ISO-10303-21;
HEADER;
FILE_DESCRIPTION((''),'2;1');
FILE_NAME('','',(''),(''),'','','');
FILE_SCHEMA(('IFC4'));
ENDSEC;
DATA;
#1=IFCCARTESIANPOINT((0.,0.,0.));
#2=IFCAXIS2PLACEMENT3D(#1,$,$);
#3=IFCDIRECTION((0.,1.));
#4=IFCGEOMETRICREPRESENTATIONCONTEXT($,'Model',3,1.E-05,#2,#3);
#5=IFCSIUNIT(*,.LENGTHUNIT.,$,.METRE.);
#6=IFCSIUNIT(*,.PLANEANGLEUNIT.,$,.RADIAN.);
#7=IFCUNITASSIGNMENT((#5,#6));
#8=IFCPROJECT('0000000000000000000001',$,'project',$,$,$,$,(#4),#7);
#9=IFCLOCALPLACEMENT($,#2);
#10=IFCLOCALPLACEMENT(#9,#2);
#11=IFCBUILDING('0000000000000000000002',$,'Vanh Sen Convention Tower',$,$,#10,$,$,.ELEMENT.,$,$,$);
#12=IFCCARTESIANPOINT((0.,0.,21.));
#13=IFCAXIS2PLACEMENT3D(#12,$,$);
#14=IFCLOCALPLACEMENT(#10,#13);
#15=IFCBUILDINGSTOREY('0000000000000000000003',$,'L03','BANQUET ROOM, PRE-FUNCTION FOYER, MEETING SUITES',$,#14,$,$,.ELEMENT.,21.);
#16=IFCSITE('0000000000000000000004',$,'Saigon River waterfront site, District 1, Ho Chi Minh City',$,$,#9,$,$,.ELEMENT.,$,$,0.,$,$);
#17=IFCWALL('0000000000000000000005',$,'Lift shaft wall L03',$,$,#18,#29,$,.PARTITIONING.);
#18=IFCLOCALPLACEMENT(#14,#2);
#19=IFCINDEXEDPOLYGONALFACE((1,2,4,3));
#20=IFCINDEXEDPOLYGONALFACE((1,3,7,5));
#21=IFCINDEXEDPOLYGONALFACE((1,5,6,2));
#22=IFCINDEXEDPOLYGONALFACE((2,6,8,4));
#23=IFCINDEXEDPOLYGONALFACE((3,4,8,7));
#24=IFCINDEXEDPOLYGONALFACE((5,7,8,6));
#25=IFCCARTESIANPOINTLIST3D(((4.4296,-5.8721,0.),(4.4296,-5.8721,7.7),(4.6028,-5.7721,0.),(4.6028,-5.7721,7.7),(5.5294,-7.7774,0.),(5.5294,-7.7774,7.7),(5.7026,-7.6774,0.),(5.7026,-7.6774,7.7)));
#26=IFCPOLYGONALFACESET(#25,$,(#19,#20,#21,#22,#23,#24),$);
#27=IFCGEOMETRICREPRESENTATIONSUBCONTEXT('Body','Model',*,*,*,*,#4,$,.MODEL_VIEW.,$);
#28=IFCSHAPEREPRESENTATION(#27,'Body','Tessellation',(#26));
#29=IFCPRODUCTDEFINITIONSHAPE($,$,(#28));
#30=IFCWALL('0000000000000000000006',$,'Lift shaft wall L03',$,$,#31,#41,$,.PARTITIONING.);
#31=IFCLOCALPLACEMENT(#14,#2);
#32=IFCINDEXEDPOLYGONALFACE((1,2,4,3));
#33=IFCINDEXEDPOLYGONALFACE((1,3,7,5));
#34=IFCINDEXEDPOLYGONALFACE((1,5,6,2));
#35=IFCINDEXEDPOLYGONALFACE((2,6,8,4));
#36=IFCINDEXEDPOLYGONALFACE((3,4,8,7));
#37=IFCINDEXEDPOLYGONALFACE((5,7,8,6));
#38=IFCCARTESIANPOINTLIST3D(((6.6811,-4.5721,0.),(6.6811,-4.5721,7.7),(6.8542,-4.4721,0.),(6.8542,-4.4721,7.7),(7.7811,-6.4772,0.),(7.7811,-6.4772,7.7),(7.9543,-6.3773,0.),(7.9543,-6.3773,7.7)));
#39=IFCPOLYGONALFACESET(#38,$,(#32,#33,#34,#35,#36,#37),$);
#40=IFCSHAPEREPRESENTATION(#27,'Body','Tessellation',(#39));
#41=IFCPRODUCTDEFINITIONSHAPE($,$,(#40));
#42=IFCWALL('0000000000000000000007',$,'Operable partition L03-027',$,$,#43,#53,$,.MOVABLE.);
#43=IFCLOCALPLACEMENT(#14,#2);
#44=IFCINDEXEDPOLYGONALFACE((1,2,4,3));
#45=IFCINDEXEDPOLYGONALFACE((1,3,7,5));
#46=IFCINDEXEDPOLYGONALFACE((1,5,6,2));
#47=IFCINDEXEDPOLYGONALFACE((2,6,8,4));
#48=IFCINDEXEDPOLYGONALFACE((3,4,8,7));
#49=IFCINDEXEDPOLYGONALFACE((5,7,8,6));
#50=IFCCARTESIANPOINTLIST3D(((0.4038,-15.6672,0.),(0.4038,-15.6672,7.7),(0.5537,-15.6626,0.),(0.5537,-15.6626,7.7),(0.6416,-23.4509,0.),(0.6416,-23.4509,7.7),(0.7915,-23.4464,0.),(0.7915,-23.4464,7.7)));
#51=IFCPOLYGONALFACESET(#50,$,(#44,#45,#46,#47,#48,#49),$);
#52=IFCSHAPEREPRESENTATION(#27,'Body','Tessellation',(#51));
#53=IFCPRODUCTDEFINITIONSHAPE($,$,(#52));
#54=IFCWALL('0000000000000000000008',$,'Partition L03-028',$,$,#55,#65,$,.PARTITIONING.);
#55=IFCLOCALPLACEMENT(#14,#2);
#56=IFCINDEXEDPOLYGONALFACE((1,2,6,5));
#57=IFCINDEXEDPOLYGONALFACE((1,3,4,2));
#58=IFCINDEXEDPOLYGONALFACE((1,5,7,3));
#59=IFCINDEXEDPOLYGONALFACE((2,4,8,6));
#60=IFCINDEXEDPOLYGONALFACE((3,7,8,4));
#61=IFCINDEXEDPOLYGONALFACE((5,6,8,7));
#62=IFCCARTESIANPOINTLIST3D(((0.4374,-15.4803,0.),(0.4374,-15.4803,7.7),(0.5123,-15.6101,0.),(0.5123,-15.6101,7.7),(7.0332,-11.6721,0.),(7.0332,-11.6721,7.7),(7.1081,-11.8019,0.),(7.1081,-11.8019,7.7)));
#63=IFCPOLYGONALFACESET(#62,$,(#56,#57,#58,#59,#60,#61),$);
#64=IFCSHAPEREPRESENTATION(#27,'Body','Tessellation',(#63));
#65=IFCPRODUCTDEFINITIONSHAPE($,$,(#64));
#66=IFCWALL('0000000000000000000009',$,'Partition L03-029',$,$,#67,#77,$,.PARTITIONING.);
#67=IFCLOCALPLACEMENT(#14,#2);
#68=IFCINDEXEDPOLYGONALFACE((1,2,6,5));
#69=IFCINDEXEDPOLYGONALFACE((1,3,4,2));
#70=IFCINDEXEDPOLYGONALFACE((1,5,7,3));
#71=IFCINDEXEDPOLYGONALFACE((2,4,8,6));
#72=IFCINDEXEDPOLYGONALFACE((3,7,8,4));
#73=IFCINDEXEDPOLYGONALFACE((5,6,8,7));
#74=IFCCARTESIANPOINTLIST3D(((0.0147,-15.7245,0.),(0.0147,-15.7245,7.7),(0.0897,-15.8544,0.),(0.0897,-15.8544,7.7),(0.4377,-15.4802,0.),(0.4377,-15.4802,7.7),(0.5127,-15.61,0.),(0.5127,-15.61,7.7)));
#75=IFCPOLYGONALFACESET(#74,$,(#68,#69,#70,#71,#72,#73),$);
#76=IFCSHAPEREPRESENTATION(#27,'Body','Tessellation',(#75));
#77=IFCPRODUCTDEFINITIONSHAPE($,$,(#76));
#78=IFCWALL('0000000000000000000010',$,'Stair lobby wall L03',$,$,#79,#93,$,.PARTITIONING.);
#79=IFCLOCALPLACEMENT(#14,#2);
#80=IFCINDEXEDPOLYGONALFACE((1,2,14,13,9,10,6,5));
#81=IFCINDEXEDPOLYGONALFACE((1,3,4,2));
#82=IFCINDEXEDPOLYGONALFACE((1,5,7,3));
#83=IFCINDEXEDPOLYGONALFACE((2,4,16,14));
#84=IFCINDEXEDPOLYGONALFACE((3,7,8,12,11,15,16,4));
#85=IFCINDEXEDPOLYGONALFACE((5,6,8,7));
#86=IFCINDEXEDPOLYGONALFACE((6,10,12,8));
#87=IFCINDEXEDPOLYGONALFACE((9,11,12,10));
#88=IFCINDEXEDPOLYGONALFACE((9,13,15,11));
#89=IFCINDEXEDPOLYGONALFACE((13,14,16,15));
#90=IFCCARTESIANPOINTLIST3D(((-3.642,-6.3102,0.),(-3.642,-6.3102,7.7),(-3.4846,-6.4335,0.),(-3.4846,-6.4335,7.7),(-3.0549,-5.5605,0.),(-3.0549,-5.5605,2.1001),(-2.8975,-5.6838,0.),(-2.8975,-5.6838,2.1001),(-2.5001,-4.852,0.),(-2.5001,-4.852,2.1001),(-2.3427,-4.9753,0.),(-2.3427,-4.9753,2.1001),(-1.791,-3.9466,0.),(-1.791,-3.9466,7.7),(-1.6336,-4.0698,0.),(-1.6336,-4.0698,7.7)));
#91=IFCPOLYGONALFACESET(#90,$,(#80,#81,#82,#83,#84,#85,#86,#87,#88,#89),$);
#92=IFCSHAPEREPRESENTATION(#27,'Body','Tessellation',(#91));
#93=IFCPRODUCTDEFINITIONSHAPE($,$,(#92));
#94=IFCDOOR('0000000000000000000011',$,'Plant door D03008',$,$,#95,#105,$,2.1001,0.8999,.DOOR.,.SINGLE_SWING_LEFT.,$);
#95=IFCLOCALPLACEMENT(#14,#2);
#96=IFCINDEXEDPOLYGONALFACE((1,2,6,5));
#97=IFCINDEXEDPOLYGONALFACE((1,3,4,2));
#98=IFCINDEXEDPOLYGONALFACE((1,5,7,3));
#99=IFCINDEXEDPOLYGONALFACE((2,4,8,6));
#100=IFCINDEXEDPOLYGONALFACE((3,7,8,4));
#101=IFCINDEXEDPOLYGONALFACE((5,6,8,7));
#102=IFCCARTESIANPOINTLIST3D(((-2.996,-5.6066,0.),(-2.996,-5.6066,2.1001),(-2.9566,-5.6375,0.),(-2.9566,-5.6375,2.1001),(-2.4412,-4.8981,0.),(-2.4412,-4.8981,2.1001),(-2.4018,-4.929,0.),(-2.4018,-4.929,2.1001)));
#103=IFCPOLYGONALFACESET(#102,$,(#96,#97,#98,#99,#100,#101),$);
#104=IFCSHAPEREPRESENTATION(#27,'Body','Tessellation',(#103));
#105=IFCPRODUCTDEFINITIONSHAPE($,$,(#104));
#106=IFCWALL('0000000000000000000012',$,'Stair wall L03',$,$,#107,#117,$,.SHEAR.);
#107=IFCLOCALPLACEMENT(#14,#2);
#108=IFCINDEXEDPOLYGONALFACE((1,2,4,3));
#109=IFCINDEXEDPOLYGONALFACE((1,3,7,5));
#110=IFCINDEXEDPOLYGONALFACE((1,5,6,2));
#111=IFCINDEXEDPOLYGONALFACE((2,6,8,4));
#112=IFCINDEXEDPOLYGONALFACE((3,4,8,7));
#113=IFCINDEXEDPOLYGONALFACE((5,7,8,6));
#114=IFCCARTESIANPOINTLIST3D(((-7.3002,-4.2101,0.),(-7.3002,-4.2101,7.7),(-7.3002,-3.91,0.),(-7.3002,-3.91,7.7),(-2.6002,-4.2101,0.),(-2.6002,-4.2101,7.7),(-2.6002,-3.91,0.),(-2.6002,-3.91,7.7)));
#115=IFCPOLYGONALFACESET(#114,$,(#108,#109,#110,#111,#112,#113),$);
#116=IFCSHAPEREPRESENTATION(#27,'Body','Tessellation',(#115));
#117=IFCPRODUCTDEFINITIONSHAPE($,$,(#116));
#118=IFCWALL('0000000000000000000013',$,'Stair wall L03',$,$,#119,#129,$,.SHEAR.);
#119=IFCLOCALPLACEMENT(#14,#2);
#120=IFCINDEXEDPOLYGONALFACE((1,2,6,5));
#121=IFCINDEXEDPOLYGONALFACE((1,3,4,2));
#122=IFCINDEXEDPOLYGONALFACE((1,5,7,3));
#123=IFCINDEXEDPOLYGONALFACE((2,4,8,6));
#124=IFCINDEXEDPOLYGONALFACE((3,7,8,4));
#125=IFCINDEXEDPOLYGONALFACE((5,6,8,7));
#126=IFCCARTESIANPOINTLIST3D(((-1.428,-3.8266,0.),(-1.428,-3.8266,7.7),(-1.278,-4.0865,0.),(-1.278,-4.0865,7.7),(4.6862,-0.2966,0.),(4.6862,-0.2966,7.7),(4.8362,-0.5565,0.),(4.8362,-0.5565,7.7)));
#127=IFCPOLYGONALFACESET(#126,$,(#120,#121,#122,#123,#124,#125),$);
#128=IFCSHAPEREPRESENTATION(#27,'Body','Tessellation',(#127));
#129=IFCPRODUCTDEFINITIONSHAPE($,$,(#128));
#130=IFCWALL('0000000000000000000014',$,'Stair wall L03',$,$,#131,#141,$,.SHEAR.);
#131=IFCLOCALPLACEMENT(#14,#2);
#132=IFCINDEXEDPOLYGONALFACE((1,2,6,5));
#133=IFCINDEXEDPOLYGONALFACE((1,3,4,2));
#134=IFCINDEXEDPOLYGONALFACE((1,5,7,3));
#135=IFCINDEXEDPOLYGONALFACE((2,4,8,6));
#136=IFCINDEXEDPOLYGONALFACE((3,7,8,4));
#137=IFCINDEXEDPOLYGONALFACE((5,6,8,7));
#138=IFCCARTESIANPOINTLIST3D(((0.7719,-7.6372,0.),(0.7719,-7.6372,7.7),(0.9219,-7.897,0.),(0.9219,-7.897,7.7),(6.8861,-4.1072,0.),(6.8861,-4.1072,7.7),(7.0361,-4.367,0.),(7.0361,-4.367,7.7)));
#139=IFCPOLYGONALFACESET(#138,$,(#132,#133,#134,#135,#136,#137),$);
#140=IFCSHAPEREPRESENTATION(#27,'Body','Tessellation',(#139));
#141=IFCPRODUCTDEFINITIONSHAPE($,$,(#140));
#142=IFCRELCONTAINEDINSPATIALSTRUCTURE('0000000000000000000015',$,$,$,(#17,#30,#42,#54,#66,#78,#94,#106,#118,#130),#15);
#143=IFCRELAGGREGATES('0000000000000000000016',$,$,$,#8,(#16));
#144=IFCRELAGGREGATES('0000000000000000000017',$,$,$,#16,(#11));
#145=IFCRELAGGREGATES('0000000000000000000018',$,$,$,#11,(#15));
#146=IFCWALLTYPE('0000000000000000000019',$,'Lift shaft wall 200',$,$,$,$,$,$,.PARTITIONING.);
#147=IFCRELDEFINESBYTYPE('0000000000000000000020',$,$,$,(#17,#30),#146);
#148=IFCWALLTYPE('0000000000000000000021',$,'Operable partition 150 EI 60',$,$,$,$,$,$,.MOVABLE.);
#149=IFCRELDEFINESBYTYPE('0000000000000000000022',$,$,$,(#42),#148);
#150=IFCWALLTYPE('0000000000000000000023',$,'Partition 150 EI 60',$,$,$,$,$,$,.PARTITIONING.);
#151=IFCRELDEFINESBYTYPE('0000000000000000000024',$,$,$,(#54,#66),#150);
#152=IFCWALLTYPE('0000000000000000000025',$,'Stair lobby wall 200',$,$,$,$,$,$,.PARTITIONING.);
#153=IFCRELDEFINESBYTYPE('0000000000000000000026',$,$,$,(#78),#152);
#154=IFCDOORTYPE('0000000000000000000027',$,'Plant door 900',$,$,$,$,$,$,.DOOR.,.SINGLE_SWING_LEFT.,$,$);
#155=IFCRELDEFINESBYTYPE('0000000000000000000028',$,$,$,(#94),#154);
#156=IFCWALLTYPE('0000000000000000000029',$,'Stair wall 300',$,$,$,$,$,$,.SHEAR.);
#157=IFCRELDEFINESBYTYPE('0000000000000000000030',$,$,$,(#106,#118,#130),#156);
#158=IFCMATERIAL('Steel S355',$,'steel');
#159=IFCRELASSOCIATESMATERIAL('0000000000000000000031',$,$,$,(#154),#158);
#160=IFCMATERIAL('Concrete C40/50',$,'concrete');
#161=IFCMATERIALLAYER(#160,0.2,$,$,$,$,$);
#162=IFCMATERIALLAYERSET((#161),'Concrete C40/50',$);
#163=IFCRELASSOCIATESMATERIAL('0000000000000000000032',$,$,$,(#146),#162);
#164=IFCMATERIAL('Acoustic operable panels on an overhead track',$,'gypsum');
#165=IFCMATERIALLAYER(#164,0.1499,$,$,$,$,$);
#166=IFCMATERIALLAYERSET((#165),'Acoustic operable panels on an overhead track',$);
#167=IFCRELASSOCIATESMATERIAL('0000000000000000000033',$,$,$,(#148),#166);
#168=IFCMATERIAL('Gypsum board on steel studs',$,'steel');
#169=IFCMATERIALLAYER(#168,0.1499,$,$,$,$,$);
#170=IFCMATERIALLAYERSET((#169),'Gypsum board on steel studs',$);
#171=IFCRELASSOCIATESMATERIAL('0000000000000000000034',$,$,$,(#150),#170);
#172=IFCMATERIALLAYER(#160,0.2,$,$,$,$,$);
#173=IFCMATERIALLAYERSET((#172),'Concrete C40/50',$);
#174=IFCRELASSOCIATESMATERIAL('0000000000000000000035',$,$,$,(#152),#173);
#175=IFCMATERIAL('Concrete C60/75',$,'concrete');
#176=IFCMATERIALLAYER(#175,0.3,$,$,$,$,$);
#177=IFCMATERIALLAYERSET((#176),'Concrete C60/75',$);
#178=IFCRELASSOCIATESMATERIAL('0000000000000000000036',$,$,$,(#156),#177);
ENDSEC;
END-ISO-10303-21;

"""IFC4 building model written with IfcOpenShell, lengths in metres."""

from ifc_helpers import new_model, si_unit, direction, frame, frame_2d, origin, place, context, subcontext, project, spatial, rectangle, extrude, material, layer, layer_set, type_object, element, fill, save


model = new_model("IFC4")

# Units and contexts
model_context = context("Model", 3, precision=1e-05, world=origin(), true_north=direction((0.0, 1.0)))
body_context = subcontext(model_context, "Body", "Model", "MODEL_VIEW")
ifc_project = project(units=[si_unit("LENGTHUNIT", "METRE"), si_unit("PLANEANGLEUNIT", "RADIAN")], contexts=[model_context])

# Site, building, storey
site_placement = place(None, origin())
site = spatial("IfcSite", under=ifc_project, at=site_placement, Name="Saigon River waterfront site, District 1, Ho Chi Minh City", CompositionType="ELEMENT", RefElevation=0.0)
building_placement = place(site_placement, origin())
building = spatial("IfcBuilding", under=site, at=building_placement, Name="Vanh Sen Convention Tower", CompositionType="ELEMENT")
storey_placement = place(building_placement, frame((0.0, 0.0, 21.0)))
storey = spatial("IfcBuildingStorey", under=building, at=storey_placement, Name="L03", Description="BANQUET ROOM, PRE-FUNCTION FOYER, MEETING SUITES", CompositionType="ELEMENT", Elevation=21.0)

# Shared definitions
ifc_material_1 = material(Name="Steel S355", Category="steel")
door_type_1 = type_object("IfcDoorType", Name="Plant door 900", OperationType="SINGLE_SWING_LEFT", PredefinedType="DOOR", material=ifc_material_1)

# Walls
ifc_material_2 = material(Name="Concrete C40/50", Category="concrete")
ifc_layer_1 = layer(ifc_material_2, 0.2)
ifc_layer_set_1 = layer_set([ifc_layer_1], Name="Concrete C40/50")
wall_type_1 = type_object("IfcWallType", Name="Lift shaft wall 200", PredefinedType="PARTITIONING", material=ifc_layer_set_1)
for number, where, z_axis, x_axis, name in (
    (1, (4.5161, -5.822, 0.0), (0.0, 0.0, 1.0), (0.499947, -0.866056, 0.0), "Lift shaft wall L03"),
    (2, (6.7676, -4.522, 0.0), (0.0, 0.0, 1.0), (0.50003, -0.866008, 0.0), "Lift shaft wall L03"),
):
    element("IfcWall", number, at=place(storey_placement, frame(where, z_axis=z_axis, x_axis=x_axis)), inside=storey, type_object=wall_type_1, Name=name, PredefinedType="PARTITIONING", context=body_context, shape_type="SweptSolid", body=[
        extrude(rectangle(XDim=2.2, YDim=0.2, at=frame_2d((1.1001, 0.0))), origin(), (0.0, 0.0, 1.0), 7.7),
    ])
ifc_material_3 = material(Name="Acoustic operable panels on an overhead track", Category="gypsum")
ifc_layer_2 = layer(ifc_material_3, 0.1499)
ifc_layer_set_2 = layer_set([ifc_layer_2], Name="Acoustic operable panels on an overhead track")
wall_type_2 = type_object("IfcWallType", Name="Operable partition 150 EI 60", PredefinedType="MOVABLE", material=ifc_layer_set_2)
wall_1_placement = place(storey_placement, frame((0.4788, -15.665, 0.0), z_axis=(0.0, 0.0, 1.0), x_axis=(0.030536, -0.999534, 0.0)))
element("IfcWall", 3, at=wall_1_placement, inside=storey, type_object=wall_type_2, Name="Operable partition L03-027", PredefinedType="MOVABLE", context=body_context, shape_type="SweptSolid", body=[
    extrude(rectangle(XDim=7.7874, YDim=0.1499, at=frame_2d((3.8936, 0.0))), origin(), (0.0, 0.0, 1.0), 7.7),
])
ifc_material_4 = material(Name="Gypsum board on steel studs", Category="steel")
ifc_layer_3 = layer(ifc_material_4, 0.1499)
ifc_layer_set_3 = layer_set([ifc_layer_3], Name="Gypsum board on steel studs")
wall_type_3 = type_object("IfcWallType", Name="Partition 150 EI 60", PredefinedType="PARTITIONING", material=ifc_layer_set_3)
wall_2_placement = place(storey_placement, frame((0.4749, -15.5452, 0.0), z_axis=(0.0, 0.0, 1.0), x_axis=(0.866021, 0.500007, 0.0)))
element("IfcWall", 4, at=wall_2_placement, inside=storey, type_object=wall_type_3, Name="Partition L03-028", PredefinedType="PARTITIONING", context=body_context, shape_type="SweptSolid", body=[
    extrude(rectangle(XDim=7.6162, YDim=0.1499, at=frame_2d((3.8081, 0.0))), origin(), (0.0, 0.0, 1.0), 7.7),
])
wall_3_placement = place(storey_placement, frame((0.4751, -15.5452, 0.0), z_axis=(0.0, 0.0, 1.0), x_axis=(-0.865928, -0.500169, 0.0)))
element("IfcWall", 5, at=wall_3_placement, inside=storey, type_object=wall_type_3, Name="Partition L03-029", PredefinedType="PARTITIONING", context=body_context, shape_type="SweptSolid", body=[
    extrude(rectangle(XDim=0.4885, YDim=0.1499, at=frame_2d((0.2441, 0.0))), origin(), (0.0, 0.0, 1.0), 7.7),
])

# Wall, opening, door
ifc_layer_4 = layer(ifc_material_2, 0.2)
ifc_layer_set_4 = layer_set([ifc_layer_4], Name="Concrete C40/50")
wall_type_4 = type_object("IfcWallType", Name="Stair lobby wall 200", PredefinedType="PARTITIONING", material=ifc_layer_set_4)
wall_4_placement = place(storey_placement, frame((-1.7124, -4.0083, 0.0), z_axis=(0.0, 0.0, 1.0), x_axis=(-0.616549, -0.787316, 0.0)))
wall_4 = element("IfcWall", 6, at=wall_4_placement, inside=storey, type_object=wall_type_4, Name="Stair lobby wall L03", PredefinedType="PARTITIONING", context=body_context, shape_type="SweptSolid", body=[
    extrude(rectangle(XDim=3.0022, YDim=0.2, at=frame_2d((1.501, 0.0))), origin(), (0.0, 0.0, 1.0), 7.7),
])
opening_1_placement = place(wall_4_placement, frame((1.1499, 0.0, 0.0)))
opening_1 = element("IfcOpeningElement", 7, at=opening_1_placement, cuts=wall_4, PredefinedType="OPENING", context=body_context, shape_type="SweptSolid", body=[
    extrude(rectangle(XDim=0.8999, YDim=2.1001, at=frame_2d((0.45, 1.05))), frame((0.0, 0.1099, 0.0), z_axis=(0.0, -1.0, 0.0), x_axis=(1.0, 0.0, 0.0)), (0.0, 0.0, 1.0), 0.22),
])
door_1_placement = place(opening_1_placement, origin())
door_1 = element("IfcDoor", 8, at=door_1_placement, inside=storey, type_object=door_type_1, Name="Plant door D03008", OperationType="SINGLE_SWING_LEFT", OverallHeight=2.1001, OverallWidth=0.8999, PredefinedType="DOOR", context=body_context, shape_type="SweptSolid", body=[
    extrude(rectangle(XDim=0.8999, YDim=2.1001, at=frame_2d((0.45, 1.05))), frame((0.0, 0.0249, 0.0), z_axis=(0.0, -1.0, 0.0), x_axis=(1.0, 0.0, 0.0)), (0.0, 0.0, 1.0), 0.05),
])
fill(opening_1, door_1)

# Walls
ifc_material_5 = material(Name="Concrete C60/75", Category="concrete")
ifc_layer_5 = layer(ifc_material_5, 0.3)
ifc_layer_set_5 = layer_set([ifc_layer_5], Name="Concrete C60/75")
wall_type_5 = type_object("IfcWallType", Name="Stair wall 300", PredefinedType="SHEAR", material=ifc_layer_set_5)
wall_5_placement = place(storey_placement, frame((-2.6001, -4.0601, 0.0), z_axis=(0.0, 0.0, 1.0), x_axis=(-1.0, 0.0, 0.0)))
element("IfcWall", 9, at=wall_5_placement, inside=storey, type_object=wall_type_5, Name="Stair wall L03", PredefinedType="SHEAR", context=body_context, shape_type="SweptSolid", body=[
    extrude(rectangle(XDim=4.7, YDim=0.3, at=frame_2d((2.3501, 0.0))), origin(), (0.0, 0.0, 1.0), 7.7),
])
for number, where, z_axis, x_axis, name in (
    (10, (-1.353, -3.9565, 0.0), (0.0, 0.0, 1.0), (0.866028, 0.499996, 0.0), "Stair wall L03"),
    (11, (0.8469, -7.7671, 0.0), (0.0, 0.0, 1.0), (0.866028, 0.499996, 0.0), "Stair wall L03"),
):
    element("IfcWall", number, at=place(storey_placement, frame(where, z_axis=z_axis, x_axis=x_axis)), inside=storey, type_object=wall_type_5, Name=name, PredefinedType="SHEAR", context=body_context, shape_type="SweptSolid", body=[
        extrude(rectangle(XDim=7.0601, YDim=0.3, at=frame_2d((3.53, 0.0))), origin(), (0.0, 0.0, 1.0), 7.7),
    ])

save(model, "model.ifc")
